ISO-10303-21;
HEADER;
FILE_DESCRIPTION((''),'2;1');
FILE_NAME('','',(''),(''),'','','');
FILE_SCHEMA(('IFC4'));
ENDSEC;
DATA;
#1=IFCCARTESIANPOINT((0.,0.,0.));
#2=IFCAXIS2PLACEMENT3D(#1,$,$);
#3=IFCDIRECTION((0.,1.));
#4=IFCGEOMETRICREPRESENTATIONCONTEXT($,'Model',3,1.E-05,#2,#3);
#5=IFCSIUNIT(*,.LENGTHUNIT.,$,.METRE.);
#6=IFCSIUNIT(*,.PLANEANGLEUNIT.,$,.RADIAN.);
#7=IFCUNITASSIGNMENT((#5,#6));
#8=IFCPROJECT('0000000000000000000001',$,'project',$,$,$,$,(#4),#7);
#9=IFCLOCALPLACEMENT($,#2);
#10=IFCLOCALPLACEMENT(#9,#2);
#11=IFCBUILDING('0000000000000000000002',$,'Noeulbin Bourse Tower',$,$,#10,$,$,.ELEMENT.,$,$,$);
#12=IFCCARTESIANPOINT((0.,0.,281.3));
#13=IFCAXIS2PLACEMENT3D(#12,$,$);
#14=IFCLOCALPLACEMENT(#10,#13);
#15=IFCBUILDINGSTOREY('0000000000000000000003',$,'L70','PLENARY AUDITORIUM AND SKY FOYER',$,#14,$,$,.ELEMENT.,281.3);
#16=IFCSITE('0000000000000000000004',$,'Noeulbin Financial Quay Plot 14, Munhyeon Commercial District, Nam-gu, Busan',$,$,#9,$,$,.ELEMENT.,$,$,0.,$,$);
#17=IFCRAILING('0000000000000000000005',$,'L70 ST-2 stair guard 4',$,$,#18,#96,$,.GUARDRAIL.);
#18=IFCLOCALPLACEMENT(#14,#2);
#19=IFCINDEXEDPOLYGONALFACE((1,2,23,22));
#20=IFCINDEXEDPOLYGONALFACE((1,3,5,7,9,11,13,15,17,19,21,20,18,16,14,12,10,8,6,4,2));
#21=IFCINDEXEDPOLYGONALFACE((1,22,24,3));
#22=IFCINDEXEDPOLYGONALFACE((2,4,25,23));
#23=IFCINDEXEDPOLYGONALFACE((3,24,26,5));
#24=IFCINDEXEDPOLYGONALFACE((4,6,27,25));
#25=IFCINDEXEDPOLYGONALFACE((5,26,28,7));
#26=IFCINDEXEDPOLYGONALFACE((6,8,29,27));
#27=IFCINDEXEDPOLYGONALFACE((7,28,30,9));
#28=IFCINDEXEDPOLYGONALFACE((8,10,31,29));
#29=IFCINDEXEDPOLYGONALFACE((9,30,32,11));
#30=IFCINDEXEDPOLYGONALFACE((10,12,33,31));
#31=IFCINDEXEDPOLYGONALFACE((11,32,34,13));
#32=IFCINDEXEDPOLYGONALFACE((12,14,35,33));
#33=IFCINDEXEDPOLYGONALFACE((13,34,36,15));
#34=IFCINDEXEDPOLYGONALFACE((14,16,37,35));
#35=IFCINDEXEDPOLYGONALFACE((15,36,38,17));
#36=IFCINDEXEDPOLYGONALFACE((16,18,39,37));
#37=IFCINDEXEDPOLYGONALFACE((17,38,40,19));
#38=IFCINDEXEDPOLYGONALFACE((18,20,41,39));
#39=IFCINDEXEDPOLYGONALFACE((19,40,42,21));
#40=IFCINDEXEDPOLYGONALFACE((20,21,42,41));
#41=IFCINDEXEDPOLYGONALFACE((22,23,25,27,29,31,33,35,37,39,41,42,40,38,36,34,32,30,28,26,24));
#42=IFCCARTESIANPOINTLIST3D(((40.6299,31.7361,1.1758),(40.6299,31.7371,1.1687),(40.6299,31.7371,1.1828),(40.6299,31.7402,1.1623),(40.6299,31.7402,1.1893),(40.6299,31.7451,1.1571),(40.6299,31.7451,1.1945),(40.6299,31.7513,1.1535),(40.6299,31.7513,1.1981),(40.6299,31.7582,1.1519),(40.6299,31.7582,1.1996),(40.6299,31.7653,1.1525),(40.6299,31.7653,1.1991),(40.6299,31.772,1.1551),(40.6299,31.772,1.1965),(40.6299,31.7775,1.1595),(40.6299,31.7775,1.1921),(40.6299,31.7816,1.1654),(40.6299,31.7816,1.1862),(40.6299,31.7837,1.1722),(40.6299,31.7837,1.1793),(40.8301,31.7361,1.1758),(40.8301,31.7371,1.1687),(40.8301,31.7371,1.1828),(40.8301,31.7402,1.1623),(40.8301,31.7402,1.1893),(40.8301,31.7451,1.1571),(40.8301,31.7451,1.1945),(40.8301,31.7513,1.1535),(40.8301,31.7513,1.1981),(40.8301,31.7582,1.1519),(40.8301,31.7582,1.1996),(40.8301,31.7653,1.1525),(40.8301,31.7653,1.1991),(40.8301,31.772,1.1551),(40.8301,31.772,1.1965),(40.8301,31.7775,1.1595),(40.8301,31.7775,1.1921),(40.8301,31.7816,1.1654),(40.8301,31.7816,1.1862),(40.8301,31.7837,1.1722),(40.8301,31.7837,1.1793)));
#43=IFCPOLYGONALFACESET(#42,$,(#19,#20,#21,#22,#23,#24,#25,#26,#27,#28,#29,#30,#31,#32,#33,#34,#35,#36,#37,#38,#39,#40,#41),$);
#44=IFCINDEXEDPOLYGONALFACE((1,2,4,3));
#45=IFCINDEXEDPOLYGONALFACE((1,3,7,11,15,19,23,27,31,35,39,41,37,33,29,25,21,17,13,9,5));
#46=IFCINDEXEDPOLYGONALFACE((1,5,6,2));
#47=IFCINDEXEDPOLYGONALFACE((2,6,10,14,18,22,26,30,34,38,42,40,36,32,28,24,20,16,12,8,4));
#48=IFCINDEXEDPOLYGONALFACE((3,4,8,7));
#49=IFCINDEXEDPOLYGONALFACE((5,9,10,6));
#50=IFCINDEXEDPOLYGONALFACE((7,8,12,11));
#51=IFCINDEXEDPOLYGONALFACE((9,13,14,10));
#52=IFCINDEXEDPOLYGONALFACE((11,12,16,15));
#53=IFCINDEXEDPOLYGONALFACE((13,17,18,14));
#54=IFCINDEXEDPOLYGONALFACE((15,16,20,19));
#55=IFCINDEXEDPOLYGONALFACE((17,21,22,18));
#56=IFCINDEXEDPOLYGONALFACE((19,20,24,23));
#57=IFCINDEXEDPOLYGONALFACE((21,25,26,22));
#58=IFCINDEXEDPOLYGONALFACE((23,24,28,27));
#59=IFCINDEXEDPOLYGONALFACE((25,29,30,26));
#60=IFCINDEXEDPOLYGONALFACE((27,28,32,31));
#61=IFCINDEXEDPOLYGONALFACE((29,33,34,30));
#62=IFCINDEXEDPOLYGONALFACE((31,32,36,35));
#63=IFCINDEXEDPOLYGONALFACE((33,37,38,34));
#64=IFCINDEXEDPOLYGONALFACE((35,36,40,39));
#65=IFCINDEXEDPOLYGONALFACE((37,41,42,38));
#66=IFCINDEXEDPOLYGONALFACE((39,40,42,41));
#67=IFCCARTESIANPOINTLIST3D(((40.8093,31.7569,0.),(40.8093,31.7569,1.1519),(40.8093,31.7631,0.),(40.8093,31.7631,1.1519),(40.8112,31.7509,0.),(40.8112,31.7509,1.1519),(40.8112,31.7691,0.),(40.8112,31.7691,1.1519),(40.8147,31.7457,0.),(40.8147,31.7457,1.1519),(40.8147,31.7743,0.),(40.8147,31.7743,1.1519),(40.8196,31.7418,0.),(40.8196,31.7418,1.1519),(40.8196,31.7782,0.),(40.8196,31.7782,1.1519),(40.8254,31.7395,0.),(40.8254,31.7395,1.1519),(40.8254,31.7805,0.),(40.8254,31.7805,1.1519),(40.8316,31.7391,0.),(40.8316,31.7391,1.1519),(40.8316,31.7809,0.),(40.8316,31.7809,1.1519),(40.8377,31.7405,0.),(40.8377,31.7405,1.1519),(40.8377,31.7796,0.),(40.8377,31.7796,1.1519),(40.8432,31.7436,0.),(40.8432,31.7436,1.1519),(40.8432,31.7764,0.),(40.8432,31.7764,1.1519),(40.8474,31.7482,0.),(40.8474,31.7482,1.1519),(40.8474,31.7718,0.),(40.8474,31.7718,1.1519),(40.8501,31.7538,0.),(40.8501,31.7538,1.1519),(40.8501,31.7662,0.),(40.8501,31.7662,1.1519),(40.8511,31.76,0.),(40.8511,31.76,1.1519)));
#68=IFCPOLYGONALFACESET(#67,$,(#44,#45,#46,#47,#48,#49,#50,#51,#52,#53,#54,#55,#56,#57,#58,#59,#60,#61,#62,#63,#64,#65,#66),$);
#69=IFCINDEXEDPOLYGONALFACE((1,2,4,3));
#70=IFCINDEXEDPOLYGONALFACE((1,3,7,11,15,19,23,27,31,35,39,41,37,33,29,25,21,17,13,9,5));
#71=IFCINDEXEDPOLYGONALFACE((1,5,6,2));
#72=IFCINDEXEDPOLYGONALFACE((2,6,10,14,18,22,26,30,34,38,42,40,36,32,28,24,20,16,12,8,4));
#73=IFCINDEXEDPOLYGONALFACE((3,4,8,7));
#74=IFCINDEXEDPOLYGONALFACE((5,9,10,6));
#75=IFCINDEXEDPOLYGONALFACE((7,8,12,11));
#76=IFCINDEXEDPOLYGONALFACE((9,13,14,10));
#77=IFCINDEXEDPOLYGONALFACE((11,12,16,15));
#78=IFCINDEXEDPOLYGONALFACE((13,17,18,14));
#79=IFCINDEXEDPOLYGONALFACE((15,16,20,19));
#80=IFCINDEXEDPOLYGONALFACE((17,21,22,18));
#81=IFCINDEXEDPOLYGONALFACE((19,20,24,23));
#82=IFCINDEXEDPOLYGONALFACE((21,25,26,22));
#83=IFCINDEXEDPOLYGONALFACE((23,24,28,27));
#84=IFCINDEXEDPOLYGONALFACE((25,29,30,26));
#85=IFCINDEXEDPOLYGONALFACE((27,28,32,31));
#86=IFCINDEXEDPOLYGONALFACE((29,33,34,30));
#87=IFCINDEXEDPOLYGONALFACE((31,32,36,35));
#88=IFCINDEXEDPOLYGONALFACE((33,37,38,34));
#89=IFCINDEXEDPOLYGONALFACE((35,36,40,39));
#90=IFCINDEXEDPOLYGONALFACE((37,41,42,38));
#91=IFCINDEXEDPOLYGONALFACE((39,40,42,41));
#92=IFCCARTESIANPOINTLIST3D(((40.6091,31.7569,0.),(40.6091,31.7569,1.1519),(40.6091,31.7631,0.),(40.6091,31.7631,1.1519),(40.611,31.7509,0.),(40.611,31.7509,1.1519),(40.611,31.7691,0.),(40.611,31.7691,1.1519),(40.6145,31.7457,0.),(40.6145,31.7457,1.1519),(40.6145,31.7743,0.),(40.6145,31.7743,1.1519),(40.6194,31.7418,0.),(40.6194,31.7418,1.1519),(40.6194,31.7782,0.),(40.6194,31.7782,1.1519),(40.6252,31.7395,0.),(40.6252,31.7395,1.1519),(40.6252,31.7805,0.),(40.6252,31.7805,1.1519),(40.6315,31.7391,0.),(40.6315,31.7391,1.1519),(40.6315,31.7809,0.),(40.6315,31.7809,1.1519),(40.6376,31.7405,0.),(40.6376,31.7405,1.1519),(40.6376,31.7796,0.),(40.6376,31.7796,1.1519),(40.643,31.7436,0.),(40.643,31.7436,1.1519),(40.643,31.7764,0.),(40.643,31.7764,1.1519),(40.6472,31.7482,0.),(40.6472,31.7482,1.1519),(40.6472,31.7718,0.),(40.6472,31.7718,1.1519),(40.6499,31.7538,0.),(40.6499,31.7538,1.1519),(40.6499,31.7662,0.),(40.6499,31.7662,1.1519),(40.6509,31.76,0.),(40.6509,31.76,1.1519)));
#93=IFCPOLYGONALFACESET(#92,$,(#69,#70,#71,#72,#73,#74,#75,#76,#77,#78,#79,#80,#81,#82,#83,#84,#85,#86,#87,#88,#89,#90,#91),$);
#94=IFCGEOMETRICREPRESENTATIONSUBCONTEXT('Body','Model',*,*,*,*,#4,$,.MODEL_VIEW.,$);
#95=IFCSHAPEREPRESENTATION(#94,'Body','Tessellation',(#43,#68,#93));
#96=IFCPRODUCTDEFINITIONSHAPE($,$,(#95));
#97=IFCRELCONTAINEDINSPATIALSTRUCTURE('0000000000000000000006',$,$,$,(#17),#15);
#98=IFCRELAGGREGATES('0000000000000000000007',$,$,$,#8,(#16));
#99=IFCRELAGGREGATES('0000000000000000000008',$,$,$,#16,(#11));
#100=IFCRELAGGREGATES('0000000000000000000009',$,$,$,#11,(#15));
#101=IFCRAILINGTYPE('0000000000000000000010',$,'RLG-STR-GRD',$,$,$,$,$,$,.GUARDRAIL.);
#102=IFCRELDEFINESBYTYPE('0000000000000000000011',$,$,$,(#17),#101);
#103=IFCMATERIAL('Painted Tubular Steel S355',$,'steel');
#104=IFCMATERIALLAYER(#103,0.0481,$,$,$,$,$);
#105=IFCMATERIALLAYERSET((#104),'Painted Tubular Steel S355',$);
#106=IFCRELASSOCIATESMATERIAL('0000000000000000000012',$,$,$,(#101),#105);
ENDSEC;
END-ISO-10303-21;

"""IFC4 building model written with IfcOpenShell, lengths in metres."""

from ifc_helpers import new_model, si_unit, direction, frame, origin, origin_2d, place, context, subcontext, project, spatial, circle, extrude, material, layer, layer_set, type_object, element, save


model = new_model("IFC4")

# Units and contexts
model_context = context("Model", 3, precision=1e-05, world=origin(), true_north=direction((0.0, 1.0)))
body_context = subcontext(model_context, "Body", "Model", "MODEL_VIEW")
ifc_project = project(units=[si_unit("LENGTHUNIT", "METRE"), si_unit("PLANEANGLEUNIT", "RADIAN")], contexts=[model_context])

# Site, building, storey
site_placement = place(None, origin())
site = spatial("IfcSite", under=ifc_project, at=site_placement, Name="Noeulbin Financial Quay Plot 14, Munhyeon Commercial District, Nam-gu, Busan", CompositionType="ELEMENT", RefElevation=0.0)
building_placement = place(site_placement, origin())
building = spatial("IfcBuilding", under=site, at=building_placement, Name="Noeulbin Bourse Tower", CompositionType="ELEMENT")
storey_placement = place(building_placement, frame((0.0, 0.0, 281.3)))
storey = spatial("IfcBuildingStorey", under=building, at=storey_placement, Name="L70", Description="PLENARY AUDITORIUM AND SKY FOYER", CompositionType="ELEMENT", Elevation=281.3)

# Railing
ifc_material_1 = material(Name="Painted Tubular Steel S355", Category="steel")
ifc_layer_1 = layer(ifc_material_1, 0.0481)
ifc_layer_set_1 = layer_set([ifc_layer_1], Name="Painted Tubular Steel S355")
railing_type_1 = type_object("IfcRailingType", Name="RLG-STR-GRD", PredefinedType="GUARDRAIL", material=ifc_layer_set_1)
railing_1_placement = place(storey_placement, frame((40.8301, 31.76, 0.0)))
element("IfcRailing", 1, at=railing_1_placement, inside=storey, type_object=railing_type_1, Name="L70 ST-2 stair guard 4", PredefinedType="GUARDRAIL", context=body_context, shape_type="SweptSolid", body=[
    extrude(circle(Radius=0.0239, at=origin_2d()), frame((0.0, 0.0, 1.1758), z_axis=(-1.0, 0.0, 0.0), x_axis=(0.0, -1.0, 0.0)), (0.0, 0.0, 1.0), 0.2002),
    extrude(circle(Radius=0.021, at=origin_2d()), origin(), (0.0, 0.0, 1.0), 1.1519),
    extrude(circle(Radius=0.021, at=origin_2d()), frame((-0.2002, 0.0, 0.0)), (0.0, 0.0, 1.0), 1.1519),
])

save(model, "model.ifc")
